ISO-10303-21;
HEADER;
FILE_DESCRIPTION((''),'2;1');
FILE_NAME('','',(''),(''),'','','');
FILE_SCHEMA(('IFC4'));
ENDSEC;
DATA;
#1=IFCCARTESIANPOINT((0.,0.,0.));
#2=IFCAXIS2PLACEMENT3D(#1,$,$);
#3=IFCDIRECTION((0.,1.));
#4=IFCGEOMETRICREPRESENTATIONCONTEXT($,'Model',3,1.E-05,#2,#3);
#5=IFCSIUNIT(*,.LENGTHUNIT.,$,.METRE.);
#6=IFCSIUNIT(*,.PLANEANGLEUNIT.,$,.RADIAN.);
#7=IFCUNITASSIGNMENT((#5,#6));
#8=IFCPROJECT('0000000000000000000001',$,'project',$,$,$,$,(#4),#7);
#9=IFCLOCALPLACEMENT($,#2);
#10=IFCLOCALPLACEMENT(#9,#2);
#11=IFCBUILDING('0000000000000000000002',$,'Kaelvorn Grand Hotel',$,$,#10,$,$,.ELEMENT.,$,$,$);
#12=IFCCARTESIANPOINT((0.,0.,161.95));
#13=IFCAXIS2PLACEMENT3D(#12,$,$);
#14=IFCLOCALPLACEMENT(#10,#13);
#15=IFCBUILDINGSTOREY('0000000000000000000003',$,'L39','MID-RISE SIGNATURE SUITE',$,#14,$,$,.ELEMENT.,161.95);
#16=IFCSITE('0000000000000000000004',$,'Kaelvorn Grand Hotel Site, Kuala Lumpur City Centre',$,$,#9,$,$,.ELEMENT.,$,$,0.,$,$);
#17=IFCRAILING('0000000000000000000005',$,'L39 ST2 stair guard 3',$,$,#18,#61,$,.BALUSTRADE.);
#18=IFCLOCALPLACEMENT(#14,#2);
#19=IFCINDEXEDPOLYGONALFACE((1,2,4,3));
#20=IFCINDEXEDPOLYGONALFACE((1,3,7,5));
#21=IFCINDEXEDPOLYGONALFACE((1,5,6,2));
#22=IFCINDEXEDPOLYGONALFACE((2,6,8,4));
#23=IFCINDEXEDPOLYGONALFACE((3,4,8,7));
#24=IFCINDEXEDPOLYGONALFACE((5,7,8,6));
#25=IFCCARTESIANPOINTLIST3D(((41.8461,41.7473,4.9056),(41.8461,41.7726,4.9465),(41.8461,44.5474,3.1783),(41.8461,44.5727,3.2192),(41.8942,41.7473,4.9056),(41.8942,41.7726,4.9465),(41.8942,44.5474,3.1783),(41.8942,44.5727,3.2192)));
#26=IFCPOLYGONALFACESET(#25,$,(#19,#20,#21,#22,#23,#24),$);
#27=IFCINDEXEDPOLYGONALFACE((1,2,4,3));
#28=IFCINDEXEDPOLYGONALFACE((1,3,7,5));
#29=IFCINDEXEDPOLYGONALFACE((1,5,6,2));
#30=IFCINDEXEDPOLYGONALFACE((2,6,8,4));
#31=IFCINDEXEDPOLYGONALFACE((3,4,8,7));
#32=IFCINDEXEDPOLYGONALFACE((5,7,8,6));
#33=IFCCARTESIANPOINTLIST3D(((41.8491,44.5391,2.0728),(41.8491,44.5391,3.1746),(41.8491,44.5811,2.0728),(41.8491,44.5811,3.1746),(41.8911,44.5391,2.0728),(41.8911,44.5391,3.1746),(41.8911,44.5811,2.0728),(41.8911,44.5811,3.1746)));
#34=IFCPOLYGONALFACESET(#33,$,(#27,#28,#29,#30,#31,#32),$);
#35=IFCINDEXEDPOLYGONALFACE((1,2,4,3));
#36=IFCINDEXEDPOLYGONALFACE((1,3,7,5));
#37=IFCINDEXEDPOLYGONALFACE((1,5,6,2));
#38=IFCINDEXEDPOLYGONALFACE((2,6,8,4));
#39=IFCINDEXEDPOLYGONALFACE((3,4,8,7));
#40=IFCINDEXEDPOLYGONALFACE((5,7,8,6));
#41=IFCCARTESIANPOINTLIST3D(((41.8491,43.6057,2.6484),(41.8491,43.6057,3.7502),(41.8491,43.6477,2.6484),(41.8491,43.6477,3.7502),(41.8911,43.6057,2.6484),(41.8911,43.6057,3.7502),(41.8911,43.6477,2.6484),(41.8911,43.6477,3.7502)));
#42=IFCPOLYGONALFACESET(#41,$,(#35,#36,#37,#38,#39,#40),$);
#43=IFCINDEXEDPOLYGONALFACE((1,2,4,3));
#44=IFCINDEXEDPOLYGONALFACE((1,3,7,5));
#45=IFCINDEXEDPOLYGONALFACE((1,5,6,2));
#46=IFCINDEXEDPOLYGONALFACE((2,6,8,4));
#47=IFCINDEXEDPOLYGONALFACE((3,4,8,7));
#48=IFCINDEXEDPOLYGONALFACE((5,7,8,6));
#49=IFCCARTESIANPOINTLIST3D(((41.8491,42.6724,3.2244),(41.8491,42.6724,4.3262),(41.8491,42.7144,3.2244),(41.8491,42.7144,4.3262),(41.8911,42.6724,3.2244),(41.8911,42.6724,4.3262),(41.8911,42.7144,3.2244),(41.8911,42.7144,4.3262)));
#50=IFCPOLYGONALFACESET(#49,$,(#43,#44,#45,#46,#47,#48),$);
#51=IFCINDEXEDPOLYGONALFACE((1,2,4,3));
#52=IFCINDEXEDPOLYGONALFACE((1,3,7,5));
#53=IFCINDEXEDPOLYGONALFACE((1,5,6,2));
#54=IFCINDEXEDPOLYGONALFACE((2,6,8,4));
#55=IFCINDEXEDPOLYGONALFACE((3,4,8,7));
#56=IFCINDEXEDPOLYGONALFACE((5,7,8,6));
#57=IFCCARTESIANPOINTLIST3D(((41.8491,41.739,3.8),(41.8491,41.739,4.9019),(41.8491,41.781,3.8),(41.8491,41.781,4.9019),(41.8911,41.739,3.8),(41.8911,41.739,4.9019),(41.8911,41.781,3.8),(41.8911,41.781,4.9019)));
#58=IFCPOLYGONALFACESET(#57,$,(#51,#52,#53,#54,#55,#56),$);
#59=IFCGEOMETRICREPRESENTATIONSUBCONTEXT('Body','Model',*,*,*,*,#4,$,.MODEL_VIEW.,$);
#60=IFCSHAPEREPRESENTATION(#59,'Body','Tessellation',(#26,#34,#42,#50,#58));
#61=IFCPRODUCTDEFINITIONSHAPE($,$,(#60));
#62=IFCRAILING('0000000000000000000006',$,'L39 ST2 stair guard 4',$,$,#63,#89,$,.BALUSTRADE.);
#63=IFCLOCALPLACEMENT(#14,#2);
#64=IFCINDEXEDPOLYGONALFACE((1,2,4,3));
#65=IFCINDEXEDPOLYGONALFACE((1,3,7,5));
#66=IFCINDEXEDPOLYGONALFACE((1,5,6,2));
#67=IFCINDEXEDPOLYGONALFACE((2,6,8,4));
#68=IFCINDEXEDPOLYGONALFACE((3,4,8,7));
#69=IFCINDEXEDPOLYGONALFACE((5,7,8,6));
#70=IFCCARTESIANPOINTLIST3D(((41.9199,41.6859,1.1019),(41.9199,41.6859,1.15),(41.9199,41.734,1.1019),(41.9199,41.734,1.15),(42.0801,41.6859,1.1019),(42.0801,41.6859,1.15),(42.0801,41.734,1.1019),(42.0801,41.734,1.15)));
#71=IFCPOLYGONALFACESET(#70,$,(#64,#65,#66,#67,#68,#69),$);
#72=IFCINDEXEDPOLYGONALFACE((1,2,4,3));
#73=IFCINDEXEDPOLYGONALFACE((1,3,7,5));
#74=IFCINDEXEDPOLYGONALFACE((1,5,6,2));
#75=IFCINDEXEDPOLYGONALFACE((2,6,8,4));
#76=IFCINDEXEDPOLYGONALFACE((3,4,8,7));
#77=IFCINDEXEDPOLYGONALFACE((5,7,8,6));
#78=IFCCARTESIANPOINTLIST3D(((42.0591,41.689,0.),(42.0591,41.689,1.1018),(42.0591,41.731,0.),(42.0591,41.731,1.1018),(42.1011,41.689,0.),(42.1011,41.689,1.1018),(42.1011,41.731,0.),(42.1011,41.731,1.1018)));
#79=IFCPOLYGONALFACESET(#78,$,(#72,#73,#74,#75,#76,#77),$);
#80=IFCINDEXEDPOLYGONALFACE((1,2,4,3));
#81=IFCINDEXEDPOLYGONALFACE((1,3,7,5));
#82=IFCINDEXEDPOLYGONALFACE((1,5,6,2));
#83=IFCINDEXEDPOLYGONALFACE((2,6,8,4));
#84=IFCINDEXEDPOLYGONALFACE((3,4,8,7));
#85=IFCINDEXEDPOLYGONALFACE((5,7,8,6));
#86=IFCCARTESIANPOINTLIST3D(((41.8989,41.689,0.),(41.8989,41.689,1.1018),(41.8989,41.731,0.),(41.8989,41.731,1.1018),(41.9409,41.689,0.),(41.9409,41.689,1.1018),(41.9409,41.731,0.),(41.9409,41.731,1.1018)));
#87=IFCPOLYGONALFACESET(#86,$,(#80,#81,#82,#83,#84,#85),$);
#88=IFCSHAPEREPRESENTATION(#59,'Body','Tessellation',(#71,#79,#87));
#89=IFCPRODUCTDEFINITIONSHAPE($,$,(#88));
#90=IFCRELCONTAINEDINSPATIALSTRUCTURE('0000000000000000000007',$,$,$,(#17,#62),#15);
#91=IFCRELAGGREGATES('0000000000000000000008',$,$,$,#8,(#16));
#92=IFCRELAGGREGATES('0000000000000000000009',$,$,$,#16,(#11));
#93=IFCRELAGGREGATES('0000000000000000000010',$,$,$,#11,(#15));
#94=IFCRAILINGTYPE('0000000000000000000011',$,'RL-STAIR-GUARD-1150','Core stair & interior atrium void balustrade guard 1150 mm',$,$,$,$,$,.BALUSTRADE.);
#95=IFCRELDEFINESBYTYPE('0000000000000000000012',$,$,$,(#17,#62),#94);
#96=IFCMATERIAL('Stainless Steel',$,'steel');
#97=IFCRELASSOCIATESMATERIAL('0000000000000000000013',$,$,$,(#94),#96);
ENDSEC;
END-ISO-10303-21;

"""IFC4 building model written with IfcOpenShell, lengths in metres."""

from ifc_helpers import new_model, si_unit, direction, frame, origin, origin_2d, place, context, subcontext, project, spatial, rectangle, extrude, material, type_object, element, save


model = new_model("IFC4")

# Units and contexts
model_context = context("Model", 3, precision=1e-05, world=origin(), true_north=direction((0.0, 1.0)))
body_context = subcontext(model_context, "Body", "Model", "MODEL_VIEW")
ifc_project = project(units=[si_unit("LENGTHUNIT", "METRE"), si_unit("PLANEANGLEUNIT", "RADIAN")], contexts=[model_context])

# Site, building, storey
site_placement = place(None, origin())
site = spatial("IfcSite", under=ifc_project, at=site_placement, Name="Kaelvorn Grand Hotel Site, Kuala Lumpur City Centre", CompositionType="ELEMENT", RefElevation=0.0)
building_placement = place(site_placement, origin())
building = spatial("IfcBuilding", under=site, at=building_placement, Name="Kaelvorn Grand Hotel", CompositionType="ELEMENT")
storey_placement = place(building_placement, frame((0.0, 0.0, 161.95)))
storey = spatial("IfcBuildingStorey", under=building, at=storey_placement, Name="L39", Description="MID-RISE SIGNATURE SUITE", CompositionType="ELEMENT", Elevation=161.95)

# Railings
ifc_material_1 = material(Name="Stainless Steel", Category="steel")
railing_type_1 = type_object("IfcRailingType", Name="RL-STAIR-GUARD-1150", Description="Core stair & interior atrium void balustrade guard 1150 mm", PredefinedType="BALUSTRADE", material=ifc_material_1)
railing_1_placement = place(storey_placement, frame((41.8701, 44.5601, 2.0728)))
element("IfcRailing", 1, at=railing_1_placement, inside=storey, type_object=railing_type_1, Name="L39 ST2 stair guard 3", PredefinedType="BALUSTRADE", context=body_context, shape_type="SweptSolid", body=[
    extrude(rectangle(XDim=0.0481, YDim=0.0481, at=origin_2d()), frame((0.0, 0.0, 1.126), z_axis=(0.0, -0.85109, 0.52502), x_axis=(1.0, 0.0, 0.0)), (0.0, 0.0, 1.0), 3.29),
    extrude(rectangle(XDim=0.042, YDim=0.042, at=origin_2d()), origin(), (0.0, 0.0, 1.0), 1.1018),
    extrude(rectangle(XDim=0.042, YDim=0.042, at=origin_2d()), frame((0.0, -0.9333, 0.5757)), (0.0, 0.0, 1.0), 1.1018),
    extrude(rectangle(XDim=0.042, YDim=0.042, at=origin_2d()), frame((0.0, -1.8667, 1.1516)), (0.0, 0.0, 1.0), 1.1018),
    extrude(rectangle(XDim=0.042, YDim=0.042, at=origin_2d()), frame((0.0, -2.8, 1.7273)), (0.0, 0.0, 1.0), 1.1018),
])
railing_2_placement = place(storey_placement, frame((42.0801, 41.71, 0.0)))
element("IfcRailing", 2, at=railing_2_placement, inside=storey, type_object=railing_type_1, Name="L39 ST2 stair guard 4", PredefinedType="BALUSTRADE", context=body_context, shape_type="SweptSolid", body=[
    extrude(rectangle(XDim=0.0481, YDim=0.0481, at=origin_2d()), frame((0.0, 0.0, 1.126), z_axis=(-1.0, 0.0, 0.0), x_axis=(0.0, -1.0, 0.0)), (0.0, 0.0, 1.0), 0.1602),
    extrude(rectangle(XDim=0.042, YDim=0.042, at=origin_2d()), origin(), (0.0, 0.0, 1.0), 1.1018),
    extrude(rectangle(XDim=0.042, YDim=0.042, at=origin_2d()), frame((-0.1602, 0.0, 0.0)), (0.0, 0.0, 1.0), 1.1018),
])

save(model, "model.ifc")
